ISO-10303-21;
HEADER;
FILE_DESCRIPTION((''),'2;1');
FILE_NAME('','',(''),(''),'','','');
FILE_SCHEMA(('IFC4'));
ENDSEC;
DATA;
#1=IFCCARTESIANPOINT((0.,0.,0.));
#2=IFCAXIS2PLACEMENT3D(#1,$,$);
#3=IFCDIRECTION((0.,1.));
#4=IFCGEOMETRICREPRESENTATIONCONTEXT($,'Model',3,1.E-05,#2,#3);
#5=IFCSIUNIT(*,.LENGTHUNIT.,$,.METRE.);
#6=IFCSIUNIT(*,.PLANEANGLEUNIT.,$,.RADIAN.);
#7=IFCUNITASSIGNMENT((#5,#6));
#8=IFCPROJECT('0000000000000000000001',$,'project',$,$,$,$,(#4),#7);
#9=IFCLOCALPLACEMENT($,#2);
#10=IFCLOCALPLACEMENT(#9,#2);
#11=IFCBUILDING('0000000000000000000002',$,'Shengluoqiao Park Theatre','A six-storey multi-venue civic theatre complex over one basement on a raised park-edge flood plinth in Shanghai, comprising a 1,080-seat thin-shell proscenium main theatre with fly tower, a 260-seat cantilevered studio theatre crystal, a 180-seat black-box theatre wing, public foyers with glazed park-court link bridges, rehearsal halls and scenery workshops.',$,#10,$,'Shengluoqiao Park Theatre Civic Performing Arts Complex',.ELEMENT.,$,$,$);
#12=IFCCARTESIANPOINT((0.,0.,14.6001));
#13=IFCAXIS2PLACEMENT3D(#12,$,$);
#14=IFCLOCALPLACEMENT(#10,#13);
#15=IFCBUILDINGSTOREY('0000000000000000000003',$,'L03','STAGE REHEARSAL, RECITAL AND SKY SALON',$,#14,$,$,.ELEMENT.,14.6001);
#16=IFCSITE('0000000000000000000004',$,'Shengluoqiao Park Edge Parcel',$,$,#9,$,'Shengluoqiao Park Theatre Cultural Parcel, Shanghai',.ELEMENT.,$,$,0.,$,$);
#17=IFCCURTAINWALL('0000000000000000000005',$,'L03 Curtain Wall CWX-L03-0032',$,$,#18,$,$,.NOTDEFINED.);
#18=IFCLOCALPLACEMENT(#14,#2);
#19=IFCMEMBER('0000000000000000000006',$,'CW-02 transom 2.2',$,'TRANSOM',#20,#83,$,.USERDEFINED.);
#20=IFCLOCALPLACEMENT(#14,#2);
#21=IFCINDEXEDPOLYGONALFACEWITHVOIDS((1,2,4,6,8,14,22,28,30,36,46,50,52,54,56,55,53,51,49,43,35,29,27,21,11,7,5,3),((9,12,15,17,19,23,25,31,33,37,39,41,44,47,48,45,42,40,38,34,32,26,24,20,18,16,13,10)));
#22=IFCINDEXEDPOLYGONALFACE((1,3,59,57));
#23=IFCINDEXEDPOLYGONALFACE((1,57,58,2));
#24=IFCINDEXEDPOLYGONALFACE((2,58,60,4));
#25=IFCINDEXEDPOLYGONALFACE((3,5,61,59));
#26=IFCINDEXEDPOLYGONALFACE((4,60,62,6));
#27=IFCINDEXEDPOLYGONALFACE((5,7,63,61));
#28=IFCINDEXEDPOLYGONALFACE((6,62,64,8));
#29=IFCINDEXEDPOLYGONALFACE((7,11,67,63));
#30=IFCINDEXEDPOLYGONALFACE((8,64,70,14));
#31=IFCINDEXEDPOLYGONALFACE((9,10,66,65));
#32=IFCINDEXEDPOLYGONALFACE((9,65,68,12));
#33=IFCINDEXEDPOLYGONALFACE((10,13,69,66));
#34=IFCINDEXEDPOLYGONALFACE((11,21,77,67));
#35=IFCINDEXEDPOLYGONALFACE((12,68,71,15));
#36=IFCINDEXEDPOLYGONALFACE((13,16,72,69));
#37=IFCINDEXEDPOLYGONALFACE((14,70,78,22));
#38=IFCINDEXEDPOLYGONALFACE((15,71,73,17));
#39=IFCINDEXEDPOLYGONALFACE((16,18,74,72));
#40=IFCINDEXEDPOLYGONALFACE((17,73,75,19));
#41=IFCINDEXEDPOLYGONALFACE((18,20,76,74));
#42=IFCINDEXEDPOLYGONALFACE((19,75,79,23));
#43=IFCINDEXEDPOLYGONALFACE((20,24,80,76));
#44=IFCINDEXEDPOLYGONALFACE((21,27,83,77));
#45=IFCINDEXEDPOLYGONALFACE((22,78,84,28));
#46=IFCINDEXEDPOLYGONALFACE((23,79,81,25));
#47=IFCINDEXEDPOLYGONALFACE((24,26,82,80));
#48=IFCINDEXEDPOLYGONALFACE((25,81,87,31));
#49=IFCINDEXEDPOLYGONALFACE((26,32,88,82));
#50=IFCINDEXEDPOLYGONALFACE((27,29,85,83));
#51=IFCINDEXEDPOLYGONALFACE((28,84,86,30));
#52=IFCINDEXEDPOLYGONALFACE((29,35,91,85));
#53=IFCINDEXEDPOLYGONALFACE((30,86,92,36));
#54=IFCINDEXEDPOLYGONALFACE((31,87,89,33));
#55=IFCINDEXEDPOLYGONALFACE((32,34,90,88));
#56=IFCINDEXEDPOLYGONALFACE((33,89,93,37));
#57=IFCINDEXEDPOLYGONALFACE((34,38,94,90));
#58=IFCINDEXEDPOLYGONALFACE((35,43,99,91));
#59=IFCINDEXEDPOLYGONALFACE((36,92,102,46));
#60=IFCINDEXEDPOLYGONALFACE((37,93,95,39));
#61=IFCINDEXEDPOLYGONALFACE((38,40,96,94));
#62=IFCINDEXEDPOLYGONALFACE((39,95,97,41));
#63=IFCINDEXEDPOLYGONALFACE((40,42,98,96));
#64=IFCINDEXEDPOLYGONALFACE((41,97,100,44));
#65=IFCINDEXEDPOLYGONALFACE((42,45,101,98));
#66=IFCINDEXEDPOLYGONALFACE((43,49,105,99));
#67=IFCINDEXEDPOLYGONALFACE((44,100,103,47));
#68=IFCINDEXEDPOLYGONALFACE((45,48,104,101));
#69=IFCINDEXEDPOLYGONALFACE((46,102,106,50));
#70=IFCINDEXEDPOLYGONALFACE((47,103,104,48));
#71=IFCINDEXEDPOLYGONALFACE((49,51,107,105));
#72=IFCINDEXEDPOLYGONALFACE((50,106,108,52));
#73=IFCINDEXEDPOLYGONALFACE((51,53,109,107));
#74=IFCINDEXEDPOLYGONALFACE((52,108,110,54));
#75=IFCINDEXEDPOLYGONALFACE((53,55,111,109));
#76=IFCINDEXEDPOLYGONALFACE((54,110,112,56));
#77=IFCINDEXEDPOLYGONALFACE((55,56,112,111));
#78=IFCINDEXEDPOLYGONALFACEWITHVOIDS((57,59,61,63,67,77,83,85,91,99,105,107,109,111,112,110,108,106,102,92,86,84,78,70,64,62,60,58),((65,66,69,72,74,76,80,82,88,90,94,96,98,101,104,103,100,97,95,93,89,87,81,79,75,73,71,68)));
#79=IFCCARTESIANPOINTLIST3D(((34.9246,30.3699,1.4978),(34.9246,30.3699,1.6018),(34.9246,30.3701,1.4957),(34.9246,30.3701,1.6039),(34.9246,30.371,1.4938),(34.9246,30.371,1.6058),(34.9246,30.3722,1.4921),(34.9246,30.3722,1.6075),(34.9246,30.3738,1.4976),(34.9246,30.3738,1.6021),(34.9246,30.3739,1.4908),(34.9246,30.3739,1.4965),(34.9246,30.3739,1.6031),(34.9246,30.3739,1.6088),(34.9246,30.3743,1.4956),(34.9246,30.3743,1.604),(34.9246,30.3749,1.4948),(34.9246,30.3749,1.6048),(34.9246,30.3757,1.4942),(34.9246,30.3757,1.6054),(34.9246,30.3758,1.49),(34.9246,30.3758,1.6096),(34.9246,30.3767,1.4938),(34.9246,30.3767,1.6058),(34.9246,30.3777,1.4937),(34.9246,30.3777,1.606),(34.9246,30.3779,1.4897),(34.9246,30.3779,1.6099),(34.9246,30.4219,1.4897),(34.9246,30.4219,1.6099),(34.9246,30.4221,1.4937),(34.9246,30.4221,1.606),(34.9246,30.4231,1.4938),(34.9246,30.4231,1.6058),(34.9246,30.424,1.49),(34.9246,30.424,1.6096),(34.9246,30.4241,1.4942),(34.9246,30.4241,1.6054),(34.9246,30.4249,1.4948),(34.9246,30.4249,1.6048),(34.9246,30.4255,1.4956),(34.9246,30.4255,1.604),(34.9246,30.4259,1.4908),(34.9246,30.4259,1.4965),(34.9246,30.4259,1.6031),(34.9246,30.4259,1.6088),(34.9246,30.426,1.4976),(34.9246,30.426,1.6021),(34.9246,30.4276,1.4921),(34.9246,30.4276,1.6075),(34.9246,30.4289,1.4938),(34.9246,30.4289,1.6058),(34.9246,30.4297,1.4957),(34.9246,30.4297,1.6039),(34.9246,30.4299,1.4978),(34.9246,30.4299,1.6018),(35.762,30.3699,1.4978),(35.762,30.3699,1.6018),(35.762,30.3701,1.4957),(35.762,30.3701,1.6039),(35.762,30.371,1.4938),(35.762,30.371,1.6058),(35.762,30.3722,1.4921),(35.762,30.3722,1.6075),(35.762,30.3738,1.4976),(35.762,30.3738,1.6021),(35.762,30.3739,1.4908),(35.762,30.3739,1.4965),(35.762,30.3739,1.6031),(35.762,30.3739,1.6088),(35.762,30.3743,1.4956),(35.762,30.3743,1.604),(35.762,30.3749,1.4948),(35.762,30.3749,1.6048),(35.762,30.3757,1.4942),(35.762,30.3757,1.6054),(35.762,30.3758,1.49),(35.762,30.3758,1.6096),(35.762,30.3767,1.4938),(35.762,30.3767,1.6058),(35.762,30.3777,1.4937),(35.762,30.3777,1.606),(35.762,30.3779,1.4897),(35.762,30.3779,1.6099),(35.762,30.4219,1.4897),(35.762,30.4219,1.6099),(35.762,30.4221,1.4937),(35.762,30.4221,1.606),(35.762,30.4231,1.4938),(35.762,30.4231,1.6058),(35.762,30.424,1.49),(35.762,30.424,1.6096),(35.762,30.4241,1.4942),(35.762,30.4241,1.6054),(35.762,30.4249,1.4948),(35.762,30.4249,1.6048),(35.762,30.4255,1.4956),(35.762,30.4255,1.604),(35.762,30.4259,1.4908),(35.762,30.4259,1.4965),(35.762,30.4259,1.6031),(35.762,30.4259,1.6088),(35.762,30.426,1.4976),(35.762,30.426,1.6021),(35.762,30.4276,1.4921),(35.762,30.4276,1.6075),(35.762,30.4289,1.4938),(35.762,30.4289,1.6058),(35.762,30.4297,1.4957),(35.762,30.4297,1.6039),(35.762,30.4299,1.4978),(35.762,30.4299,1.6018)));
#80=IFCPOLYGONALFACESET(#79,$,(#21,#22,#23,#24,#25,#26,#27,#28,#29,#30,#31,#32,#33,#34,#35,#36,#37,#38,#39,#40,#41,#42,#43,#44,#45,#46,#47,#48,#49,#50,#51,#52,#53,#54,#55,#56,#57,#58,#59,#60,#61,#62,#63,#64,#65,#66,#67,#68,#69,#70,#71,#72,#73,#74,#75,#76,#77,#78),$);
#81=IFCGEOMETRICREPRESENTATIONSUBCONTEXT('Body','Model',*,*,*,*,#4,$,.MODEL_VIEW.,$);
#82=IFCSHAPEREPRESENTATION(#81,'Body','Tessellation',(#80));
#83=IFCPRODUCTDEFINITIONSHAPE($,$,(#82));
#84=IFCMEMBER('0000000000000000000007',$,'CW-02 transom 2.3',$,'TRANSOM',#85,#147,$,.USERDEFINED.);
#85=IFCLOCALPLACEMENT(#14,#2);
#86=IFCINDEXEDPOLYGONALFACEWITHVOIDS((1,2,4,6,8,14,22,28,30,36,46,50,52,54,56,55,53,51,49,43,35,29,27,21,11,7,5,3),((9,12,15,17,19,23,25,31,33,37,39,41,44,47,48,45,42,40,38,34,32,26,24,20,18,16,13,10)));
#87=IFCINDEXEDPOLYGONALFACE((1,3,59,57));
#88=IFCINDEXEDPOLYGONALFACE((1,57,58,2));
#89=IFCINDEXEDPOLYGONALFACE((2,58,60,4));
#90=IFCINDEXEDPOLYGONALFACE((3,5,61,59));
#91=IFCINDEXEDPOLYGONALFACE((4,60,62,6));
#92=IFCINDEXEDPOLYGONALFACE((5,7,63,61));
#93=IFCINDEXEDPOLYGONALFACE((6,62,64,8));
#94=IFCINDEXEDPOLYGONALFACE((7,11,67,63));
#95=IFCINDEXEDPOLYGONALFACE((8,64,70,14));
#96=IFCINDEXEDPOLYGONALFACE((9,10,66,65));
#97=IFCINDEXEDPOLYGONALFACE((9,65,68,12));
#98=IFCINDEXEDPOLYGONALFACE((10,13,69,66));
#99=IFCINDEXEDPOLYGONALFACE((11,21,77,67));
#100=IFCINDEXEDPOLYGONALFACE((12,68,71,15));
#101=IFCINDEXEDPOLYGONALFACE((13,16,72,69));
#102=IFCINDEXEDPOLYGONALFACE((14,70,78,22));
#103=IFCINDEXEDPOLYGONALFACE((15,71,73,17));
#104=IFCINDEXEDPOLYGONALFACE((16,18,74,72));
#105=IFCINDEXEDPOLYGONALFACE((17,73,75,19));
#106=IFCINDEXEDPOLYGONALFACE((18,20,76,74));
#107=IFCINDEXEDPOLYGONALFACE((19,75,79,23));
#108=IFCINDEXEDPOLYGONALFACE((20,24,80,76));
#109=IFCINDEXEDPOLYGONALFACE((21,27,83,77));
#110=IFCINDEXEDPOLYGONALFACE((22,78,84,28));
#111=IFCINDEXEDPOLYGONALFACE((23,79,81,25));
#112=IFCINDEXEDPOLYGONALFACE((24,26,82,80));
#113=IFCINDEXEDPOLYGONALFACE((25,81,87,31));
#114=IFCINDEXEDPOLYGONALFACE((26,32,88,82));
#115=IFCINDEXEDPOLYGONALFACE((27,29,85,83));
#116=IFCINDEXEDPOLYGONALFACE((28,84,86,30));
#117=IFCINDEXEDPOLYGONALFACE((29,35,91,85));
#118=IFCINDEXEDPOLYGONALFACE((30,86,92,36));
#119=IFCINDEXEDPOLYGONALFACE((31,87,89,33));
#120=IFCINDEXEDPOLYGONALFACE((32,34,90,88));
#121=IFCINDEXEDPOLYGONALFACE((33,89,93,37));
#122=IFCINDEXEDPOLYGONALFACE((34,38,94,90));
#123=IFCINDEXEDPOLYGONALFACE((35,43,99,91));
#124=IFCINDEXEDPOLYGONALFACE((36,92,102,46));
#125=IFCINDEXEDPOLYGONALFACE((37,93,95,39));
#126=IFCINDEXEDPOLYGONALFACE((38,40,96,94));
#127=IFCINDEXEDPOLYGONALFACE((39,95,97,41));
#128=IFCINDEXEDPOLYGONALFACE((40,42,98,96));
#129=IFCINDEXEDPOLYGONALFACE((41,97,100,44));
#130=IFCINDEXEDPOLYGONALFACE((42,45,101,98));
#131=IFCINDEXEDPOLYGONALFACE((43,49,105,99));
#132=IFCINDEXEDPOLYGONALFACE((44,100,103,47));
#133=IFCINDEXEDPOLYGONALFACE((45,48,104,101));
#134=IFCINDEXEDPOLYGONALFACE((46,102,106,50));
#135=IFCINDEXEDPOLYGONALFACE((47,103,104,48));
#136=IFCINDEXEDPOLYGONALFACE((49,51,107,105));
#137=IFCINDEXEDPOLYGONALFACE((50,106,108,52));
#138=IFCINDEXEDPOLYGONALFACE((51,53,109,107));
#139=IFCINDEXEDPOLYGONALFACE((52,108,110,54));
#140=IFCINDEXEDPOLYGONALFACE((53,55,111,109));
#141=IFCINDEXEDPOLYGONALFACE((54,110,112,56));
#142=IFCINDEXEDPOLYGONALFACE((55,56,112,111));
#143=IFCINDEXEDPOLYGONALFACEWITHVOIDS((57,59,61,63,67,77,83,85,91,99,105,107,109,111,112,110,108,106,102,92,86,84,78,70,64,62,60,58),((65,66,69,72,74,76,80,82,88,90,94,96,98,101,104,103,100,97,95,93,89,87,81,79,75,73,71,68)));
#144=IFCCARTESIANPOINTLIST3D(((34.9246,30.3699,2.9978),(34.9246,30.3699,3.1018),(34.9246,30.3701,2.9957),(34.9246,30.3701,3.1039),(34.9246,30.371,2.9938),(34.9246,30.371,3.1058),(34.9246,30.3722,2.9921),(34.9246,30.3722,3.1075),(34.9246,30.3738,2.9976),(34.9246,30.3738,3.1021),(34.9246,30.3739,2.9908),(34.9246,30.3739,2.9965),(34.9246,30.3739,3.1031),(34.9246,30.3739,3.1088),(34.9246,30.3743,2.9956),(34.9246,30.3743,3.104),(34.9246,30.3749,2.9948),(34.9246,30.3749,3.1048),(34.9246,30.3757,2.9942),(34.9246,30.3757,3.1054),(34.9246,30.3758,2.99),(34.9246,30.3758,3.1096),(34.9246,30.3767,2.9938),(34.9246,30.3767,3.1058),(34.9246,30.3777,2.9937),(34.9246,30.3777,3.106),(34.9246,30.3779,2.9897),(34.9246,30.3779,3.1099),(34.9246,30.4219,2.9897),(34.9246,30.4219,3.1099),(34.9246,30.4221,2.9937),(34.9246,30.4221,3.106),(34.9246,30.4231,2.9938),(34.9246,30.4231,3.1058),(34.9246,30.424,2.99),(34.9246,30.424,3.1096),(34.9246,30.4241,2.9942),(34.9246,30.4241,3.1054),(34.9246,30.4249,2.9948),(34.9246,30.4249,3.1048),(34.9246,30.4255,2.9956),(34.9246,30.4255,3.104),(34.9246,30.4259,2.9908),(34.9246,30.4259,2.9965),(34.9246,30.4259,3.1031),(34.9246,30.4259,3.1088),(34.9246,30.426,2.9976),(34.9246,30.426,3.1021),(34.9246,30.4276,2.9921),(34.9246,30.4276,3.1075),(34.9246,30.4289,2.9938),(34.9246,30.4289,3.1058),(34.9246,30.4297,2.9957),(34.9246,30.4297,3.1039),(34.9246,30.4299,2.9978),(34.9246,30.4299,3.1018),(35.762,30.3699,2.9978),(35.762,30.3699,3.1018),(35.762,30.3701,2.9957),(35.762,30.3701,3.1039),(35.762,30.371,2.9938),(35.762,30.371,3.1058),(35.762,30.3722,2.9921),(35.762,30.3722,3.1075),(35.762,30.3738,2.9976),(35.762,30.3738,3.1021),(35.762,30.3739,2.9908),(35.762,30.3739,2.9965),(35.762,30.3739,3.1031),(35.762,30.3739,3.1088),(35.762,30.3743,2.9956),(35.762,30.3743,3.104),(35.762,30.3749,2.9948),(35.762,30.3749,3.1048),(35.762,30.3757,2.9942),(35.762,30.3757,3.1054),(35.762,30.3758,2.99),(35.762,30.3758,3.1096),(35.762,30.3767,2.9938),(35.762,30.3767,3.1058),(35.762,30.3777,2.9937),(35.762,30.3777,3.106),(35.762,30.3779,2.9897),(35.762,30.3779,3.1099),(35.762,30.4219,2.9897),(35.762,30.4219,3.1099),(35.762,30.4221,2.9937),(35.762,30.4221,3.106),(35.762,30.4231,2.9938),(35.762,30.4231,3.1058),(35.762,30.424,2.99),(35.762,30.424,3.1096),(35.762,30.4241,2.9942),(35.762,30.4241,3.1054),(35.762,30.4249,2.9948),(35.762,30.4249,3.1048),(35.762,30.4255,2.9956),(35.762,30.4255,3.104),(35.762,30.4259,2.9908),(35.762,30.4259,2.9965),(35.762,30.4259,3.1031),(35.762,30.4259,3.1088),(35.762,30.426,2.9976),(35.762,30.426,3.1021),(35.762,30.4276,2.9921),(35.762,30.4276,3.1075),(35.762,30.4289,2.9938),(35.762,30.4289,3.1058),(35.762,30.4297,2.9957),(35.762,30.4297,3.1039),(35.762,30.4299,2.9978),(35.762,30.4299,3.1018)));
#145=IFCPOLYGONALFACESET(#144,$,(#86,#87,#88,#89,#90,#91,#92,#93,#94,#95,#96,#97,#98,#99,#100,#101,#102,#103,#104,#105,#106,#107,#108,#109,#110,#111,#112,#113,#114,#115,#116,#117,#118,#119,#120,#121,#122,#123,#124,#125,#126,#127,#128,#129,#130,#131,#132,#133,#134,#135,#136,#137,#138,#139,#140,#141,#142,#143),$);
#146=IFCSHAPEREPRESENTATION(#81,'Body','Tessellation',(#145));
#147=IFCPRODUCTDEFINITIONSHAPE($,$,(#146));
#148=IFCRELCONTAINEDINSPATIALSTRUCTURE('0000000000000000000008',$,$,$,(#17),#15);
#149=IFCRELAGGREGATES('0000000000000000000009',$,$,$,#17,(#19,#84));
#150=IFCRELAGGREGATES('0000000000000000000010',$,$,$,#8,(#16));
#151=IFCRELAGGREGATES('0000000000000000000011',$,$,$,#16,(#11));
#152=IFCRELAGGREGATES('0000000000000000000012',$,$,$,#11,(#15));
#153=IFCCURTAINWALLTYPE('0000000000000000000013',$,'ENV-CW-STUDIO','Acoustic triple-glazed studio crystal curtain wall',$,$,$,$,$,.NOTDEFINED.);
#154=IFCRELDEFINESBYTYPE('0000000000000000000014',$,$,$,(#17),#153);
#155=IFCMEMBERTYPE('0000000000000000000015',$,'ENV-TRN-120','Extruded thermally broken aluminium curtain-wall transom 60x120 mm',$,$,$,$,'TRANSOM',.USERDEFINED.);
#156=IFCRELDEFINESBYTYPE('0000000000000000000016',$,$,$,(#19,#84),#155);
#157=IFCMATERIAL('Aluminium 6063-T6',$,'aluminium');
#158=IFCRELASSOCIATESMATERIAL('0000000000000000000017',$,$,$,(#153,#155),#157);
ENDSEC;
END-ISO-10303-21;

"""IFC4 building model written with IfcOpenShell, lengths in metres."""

from ifc_helpers import new_model, si_unit, direction, frame, origin, origin_2d, place, context, subcontext, project, spatial, hollow_rectangle, extrude, material, material_profile, profile_set, type_object, element, aggregate, save


model = new_model("IFC4")

# Units and contexts
model_context = context("Model", 3, precision=1e-05, world=origin(), true_north=direction((0.0, 1.0)))
body_context = subcontext(model_context, "Body", "Model", "MODEL_VIEW")
ifc_project = project(units=[si_unit("LENGTHUNIT", "METRE"), si_unit("PLANEANGLEUNIT", "RADIAN")], contexts=[model_context])

# Site, building, storey
site_placement = place(None, origin())
site = spatial("IfcSite", under=ifc_project, at=site_placement, Name="Shengluoqiao Park Edge Parcel", LongName="Shengluoqiao Park Theatre Cultural Parcel, Shanghai", CompositionType="ELEMENT", RefElevation=0.0)
building_placement = place(site_placement, origin())
building = spatial("IfcBuilding", under=site, at=building_placement, Name="Shengluoqiao Park Theatre", Description="A six-storey multi-venue civic theatre complex over one basement on a raised park-edge flood plinth in Shanghai, comprising a 1,080-seat thin-shell proscenium main theatre with fly tower, a 260-seat cantilevered studio theatre crystal, a 180-seat black-box theatre wing, public foyers with glazed park-court link bridges, rehearsal halls and scenery workshops.", LongName="Shengluoqiao Park Theatre Civic Performing Arts Complex", CompositionType="ELEMENT")
storey_placement = place(building_placement, frame((0.0, 0.0, 14.6001)))
storey = spatial("IfcBuildingStorey", under=building, at=storey_placement, Name="L03", Description="STAGE REHEARSAL, RECITAL AND SKY SALON", CompositionType="ELEMENT", Elevation=14.6001)

# Curtain wall
ifc_material_1 = material(Name="Aluminium 6063-T6", Category="aluminium")
curtain_wall_type_1 = type_object("IfcCurtainWallType", Name="ENV-CW-STUDIO", Description="Acoustic triple-glazed studio crystal curtain wall", PredefinedType="NOTDEFINED", material=ifc_material_1)
curtain_wall_1_placement = place(storey_placement, origin())
curtain_wall_1 = element("IfcCurtainWall", 1, at=curtain_wall_1_placement, inside=storey, type_object=curtain_wall_type_1, Name="L03 Curtain Wall CWX-L03-0032", PredefinedType="NOTDEFINED")

# Members
ifc_material_profile_1 = material_profile(ifc_material_1, hollow_rectangle(XDim=0.0601, YDim=0.1201, WallThickness=0.0039, InnerFilletRadius=0.0039, OuterFilletRadius=0.0081, at=origin_2d()), Name="ALU TRANSOM 120x60x4")
ifc_profile_set_1 = profile_set([ifc_material_profile_1], Name="Aluminium 6063-T6")
member_type_1 = type_object("IfcMemberType", Name="ENV-TRN-120", Description="Extruded thermally broken aluminium curtain-wall transom 60x120 mm", ElementType="TRANSOM", PredefinedType="USERDEFINED", material=ifc_profile_set_1)
member_1_placement = place(storey_placement, frame((34.9246, 30.3999, 1.5498), z_axis=(1.0, 0.0, 0.0), x_axis=(0.0, 1.0, 0.0)))
member_1 = element("IfcMember", 2, at=member_1_placement, type_object=member_type_1, Name="CW-02 transom 2.2", ObjectType="TRANSOM", PredefinedType="USERDEFINED", context=body_context, shape_type="SweptSolid", body=[
    extrude(hollow_rectangle(XDim=0.0601, YDim=0.1201, WallThickness=0.0039, InnerFilletRadius=0.0039, OuterFilletRadius=0.0081, at=origin_2d()), origin(), (0.0, 0.0, 1.0), 0.8374),
])
member_2_placement = place(storey_placement, frame((34.9246, 30.3999, 3.0498), z_axis=(1.0, 0.0, 0.0), x_axis=(0.0, 1.0, 0.0)))
member_2 = element("IfcMember", 3, at=member_2_placement, type_object=member_type_1, Name="CW-02 transom 2.3", ObjectType="TRANSOM", PredefinedType="USERDEFINED", context=body_context, shape_type="SweptSolid", body=[
    extrude(hollow_rectangle(XDim=0.0601, YDim=0.1201, WallThickness=0.0039, InnerFilletRadius=0.0039, OuterFilletRadius=0.0081, at=origin_2d()), origin(), (0.0, 0.0, 1.0), 0.8374),
])

aggregate(curtain_wall_1, [member_1, member_2])

save(model, "model.ifc")
